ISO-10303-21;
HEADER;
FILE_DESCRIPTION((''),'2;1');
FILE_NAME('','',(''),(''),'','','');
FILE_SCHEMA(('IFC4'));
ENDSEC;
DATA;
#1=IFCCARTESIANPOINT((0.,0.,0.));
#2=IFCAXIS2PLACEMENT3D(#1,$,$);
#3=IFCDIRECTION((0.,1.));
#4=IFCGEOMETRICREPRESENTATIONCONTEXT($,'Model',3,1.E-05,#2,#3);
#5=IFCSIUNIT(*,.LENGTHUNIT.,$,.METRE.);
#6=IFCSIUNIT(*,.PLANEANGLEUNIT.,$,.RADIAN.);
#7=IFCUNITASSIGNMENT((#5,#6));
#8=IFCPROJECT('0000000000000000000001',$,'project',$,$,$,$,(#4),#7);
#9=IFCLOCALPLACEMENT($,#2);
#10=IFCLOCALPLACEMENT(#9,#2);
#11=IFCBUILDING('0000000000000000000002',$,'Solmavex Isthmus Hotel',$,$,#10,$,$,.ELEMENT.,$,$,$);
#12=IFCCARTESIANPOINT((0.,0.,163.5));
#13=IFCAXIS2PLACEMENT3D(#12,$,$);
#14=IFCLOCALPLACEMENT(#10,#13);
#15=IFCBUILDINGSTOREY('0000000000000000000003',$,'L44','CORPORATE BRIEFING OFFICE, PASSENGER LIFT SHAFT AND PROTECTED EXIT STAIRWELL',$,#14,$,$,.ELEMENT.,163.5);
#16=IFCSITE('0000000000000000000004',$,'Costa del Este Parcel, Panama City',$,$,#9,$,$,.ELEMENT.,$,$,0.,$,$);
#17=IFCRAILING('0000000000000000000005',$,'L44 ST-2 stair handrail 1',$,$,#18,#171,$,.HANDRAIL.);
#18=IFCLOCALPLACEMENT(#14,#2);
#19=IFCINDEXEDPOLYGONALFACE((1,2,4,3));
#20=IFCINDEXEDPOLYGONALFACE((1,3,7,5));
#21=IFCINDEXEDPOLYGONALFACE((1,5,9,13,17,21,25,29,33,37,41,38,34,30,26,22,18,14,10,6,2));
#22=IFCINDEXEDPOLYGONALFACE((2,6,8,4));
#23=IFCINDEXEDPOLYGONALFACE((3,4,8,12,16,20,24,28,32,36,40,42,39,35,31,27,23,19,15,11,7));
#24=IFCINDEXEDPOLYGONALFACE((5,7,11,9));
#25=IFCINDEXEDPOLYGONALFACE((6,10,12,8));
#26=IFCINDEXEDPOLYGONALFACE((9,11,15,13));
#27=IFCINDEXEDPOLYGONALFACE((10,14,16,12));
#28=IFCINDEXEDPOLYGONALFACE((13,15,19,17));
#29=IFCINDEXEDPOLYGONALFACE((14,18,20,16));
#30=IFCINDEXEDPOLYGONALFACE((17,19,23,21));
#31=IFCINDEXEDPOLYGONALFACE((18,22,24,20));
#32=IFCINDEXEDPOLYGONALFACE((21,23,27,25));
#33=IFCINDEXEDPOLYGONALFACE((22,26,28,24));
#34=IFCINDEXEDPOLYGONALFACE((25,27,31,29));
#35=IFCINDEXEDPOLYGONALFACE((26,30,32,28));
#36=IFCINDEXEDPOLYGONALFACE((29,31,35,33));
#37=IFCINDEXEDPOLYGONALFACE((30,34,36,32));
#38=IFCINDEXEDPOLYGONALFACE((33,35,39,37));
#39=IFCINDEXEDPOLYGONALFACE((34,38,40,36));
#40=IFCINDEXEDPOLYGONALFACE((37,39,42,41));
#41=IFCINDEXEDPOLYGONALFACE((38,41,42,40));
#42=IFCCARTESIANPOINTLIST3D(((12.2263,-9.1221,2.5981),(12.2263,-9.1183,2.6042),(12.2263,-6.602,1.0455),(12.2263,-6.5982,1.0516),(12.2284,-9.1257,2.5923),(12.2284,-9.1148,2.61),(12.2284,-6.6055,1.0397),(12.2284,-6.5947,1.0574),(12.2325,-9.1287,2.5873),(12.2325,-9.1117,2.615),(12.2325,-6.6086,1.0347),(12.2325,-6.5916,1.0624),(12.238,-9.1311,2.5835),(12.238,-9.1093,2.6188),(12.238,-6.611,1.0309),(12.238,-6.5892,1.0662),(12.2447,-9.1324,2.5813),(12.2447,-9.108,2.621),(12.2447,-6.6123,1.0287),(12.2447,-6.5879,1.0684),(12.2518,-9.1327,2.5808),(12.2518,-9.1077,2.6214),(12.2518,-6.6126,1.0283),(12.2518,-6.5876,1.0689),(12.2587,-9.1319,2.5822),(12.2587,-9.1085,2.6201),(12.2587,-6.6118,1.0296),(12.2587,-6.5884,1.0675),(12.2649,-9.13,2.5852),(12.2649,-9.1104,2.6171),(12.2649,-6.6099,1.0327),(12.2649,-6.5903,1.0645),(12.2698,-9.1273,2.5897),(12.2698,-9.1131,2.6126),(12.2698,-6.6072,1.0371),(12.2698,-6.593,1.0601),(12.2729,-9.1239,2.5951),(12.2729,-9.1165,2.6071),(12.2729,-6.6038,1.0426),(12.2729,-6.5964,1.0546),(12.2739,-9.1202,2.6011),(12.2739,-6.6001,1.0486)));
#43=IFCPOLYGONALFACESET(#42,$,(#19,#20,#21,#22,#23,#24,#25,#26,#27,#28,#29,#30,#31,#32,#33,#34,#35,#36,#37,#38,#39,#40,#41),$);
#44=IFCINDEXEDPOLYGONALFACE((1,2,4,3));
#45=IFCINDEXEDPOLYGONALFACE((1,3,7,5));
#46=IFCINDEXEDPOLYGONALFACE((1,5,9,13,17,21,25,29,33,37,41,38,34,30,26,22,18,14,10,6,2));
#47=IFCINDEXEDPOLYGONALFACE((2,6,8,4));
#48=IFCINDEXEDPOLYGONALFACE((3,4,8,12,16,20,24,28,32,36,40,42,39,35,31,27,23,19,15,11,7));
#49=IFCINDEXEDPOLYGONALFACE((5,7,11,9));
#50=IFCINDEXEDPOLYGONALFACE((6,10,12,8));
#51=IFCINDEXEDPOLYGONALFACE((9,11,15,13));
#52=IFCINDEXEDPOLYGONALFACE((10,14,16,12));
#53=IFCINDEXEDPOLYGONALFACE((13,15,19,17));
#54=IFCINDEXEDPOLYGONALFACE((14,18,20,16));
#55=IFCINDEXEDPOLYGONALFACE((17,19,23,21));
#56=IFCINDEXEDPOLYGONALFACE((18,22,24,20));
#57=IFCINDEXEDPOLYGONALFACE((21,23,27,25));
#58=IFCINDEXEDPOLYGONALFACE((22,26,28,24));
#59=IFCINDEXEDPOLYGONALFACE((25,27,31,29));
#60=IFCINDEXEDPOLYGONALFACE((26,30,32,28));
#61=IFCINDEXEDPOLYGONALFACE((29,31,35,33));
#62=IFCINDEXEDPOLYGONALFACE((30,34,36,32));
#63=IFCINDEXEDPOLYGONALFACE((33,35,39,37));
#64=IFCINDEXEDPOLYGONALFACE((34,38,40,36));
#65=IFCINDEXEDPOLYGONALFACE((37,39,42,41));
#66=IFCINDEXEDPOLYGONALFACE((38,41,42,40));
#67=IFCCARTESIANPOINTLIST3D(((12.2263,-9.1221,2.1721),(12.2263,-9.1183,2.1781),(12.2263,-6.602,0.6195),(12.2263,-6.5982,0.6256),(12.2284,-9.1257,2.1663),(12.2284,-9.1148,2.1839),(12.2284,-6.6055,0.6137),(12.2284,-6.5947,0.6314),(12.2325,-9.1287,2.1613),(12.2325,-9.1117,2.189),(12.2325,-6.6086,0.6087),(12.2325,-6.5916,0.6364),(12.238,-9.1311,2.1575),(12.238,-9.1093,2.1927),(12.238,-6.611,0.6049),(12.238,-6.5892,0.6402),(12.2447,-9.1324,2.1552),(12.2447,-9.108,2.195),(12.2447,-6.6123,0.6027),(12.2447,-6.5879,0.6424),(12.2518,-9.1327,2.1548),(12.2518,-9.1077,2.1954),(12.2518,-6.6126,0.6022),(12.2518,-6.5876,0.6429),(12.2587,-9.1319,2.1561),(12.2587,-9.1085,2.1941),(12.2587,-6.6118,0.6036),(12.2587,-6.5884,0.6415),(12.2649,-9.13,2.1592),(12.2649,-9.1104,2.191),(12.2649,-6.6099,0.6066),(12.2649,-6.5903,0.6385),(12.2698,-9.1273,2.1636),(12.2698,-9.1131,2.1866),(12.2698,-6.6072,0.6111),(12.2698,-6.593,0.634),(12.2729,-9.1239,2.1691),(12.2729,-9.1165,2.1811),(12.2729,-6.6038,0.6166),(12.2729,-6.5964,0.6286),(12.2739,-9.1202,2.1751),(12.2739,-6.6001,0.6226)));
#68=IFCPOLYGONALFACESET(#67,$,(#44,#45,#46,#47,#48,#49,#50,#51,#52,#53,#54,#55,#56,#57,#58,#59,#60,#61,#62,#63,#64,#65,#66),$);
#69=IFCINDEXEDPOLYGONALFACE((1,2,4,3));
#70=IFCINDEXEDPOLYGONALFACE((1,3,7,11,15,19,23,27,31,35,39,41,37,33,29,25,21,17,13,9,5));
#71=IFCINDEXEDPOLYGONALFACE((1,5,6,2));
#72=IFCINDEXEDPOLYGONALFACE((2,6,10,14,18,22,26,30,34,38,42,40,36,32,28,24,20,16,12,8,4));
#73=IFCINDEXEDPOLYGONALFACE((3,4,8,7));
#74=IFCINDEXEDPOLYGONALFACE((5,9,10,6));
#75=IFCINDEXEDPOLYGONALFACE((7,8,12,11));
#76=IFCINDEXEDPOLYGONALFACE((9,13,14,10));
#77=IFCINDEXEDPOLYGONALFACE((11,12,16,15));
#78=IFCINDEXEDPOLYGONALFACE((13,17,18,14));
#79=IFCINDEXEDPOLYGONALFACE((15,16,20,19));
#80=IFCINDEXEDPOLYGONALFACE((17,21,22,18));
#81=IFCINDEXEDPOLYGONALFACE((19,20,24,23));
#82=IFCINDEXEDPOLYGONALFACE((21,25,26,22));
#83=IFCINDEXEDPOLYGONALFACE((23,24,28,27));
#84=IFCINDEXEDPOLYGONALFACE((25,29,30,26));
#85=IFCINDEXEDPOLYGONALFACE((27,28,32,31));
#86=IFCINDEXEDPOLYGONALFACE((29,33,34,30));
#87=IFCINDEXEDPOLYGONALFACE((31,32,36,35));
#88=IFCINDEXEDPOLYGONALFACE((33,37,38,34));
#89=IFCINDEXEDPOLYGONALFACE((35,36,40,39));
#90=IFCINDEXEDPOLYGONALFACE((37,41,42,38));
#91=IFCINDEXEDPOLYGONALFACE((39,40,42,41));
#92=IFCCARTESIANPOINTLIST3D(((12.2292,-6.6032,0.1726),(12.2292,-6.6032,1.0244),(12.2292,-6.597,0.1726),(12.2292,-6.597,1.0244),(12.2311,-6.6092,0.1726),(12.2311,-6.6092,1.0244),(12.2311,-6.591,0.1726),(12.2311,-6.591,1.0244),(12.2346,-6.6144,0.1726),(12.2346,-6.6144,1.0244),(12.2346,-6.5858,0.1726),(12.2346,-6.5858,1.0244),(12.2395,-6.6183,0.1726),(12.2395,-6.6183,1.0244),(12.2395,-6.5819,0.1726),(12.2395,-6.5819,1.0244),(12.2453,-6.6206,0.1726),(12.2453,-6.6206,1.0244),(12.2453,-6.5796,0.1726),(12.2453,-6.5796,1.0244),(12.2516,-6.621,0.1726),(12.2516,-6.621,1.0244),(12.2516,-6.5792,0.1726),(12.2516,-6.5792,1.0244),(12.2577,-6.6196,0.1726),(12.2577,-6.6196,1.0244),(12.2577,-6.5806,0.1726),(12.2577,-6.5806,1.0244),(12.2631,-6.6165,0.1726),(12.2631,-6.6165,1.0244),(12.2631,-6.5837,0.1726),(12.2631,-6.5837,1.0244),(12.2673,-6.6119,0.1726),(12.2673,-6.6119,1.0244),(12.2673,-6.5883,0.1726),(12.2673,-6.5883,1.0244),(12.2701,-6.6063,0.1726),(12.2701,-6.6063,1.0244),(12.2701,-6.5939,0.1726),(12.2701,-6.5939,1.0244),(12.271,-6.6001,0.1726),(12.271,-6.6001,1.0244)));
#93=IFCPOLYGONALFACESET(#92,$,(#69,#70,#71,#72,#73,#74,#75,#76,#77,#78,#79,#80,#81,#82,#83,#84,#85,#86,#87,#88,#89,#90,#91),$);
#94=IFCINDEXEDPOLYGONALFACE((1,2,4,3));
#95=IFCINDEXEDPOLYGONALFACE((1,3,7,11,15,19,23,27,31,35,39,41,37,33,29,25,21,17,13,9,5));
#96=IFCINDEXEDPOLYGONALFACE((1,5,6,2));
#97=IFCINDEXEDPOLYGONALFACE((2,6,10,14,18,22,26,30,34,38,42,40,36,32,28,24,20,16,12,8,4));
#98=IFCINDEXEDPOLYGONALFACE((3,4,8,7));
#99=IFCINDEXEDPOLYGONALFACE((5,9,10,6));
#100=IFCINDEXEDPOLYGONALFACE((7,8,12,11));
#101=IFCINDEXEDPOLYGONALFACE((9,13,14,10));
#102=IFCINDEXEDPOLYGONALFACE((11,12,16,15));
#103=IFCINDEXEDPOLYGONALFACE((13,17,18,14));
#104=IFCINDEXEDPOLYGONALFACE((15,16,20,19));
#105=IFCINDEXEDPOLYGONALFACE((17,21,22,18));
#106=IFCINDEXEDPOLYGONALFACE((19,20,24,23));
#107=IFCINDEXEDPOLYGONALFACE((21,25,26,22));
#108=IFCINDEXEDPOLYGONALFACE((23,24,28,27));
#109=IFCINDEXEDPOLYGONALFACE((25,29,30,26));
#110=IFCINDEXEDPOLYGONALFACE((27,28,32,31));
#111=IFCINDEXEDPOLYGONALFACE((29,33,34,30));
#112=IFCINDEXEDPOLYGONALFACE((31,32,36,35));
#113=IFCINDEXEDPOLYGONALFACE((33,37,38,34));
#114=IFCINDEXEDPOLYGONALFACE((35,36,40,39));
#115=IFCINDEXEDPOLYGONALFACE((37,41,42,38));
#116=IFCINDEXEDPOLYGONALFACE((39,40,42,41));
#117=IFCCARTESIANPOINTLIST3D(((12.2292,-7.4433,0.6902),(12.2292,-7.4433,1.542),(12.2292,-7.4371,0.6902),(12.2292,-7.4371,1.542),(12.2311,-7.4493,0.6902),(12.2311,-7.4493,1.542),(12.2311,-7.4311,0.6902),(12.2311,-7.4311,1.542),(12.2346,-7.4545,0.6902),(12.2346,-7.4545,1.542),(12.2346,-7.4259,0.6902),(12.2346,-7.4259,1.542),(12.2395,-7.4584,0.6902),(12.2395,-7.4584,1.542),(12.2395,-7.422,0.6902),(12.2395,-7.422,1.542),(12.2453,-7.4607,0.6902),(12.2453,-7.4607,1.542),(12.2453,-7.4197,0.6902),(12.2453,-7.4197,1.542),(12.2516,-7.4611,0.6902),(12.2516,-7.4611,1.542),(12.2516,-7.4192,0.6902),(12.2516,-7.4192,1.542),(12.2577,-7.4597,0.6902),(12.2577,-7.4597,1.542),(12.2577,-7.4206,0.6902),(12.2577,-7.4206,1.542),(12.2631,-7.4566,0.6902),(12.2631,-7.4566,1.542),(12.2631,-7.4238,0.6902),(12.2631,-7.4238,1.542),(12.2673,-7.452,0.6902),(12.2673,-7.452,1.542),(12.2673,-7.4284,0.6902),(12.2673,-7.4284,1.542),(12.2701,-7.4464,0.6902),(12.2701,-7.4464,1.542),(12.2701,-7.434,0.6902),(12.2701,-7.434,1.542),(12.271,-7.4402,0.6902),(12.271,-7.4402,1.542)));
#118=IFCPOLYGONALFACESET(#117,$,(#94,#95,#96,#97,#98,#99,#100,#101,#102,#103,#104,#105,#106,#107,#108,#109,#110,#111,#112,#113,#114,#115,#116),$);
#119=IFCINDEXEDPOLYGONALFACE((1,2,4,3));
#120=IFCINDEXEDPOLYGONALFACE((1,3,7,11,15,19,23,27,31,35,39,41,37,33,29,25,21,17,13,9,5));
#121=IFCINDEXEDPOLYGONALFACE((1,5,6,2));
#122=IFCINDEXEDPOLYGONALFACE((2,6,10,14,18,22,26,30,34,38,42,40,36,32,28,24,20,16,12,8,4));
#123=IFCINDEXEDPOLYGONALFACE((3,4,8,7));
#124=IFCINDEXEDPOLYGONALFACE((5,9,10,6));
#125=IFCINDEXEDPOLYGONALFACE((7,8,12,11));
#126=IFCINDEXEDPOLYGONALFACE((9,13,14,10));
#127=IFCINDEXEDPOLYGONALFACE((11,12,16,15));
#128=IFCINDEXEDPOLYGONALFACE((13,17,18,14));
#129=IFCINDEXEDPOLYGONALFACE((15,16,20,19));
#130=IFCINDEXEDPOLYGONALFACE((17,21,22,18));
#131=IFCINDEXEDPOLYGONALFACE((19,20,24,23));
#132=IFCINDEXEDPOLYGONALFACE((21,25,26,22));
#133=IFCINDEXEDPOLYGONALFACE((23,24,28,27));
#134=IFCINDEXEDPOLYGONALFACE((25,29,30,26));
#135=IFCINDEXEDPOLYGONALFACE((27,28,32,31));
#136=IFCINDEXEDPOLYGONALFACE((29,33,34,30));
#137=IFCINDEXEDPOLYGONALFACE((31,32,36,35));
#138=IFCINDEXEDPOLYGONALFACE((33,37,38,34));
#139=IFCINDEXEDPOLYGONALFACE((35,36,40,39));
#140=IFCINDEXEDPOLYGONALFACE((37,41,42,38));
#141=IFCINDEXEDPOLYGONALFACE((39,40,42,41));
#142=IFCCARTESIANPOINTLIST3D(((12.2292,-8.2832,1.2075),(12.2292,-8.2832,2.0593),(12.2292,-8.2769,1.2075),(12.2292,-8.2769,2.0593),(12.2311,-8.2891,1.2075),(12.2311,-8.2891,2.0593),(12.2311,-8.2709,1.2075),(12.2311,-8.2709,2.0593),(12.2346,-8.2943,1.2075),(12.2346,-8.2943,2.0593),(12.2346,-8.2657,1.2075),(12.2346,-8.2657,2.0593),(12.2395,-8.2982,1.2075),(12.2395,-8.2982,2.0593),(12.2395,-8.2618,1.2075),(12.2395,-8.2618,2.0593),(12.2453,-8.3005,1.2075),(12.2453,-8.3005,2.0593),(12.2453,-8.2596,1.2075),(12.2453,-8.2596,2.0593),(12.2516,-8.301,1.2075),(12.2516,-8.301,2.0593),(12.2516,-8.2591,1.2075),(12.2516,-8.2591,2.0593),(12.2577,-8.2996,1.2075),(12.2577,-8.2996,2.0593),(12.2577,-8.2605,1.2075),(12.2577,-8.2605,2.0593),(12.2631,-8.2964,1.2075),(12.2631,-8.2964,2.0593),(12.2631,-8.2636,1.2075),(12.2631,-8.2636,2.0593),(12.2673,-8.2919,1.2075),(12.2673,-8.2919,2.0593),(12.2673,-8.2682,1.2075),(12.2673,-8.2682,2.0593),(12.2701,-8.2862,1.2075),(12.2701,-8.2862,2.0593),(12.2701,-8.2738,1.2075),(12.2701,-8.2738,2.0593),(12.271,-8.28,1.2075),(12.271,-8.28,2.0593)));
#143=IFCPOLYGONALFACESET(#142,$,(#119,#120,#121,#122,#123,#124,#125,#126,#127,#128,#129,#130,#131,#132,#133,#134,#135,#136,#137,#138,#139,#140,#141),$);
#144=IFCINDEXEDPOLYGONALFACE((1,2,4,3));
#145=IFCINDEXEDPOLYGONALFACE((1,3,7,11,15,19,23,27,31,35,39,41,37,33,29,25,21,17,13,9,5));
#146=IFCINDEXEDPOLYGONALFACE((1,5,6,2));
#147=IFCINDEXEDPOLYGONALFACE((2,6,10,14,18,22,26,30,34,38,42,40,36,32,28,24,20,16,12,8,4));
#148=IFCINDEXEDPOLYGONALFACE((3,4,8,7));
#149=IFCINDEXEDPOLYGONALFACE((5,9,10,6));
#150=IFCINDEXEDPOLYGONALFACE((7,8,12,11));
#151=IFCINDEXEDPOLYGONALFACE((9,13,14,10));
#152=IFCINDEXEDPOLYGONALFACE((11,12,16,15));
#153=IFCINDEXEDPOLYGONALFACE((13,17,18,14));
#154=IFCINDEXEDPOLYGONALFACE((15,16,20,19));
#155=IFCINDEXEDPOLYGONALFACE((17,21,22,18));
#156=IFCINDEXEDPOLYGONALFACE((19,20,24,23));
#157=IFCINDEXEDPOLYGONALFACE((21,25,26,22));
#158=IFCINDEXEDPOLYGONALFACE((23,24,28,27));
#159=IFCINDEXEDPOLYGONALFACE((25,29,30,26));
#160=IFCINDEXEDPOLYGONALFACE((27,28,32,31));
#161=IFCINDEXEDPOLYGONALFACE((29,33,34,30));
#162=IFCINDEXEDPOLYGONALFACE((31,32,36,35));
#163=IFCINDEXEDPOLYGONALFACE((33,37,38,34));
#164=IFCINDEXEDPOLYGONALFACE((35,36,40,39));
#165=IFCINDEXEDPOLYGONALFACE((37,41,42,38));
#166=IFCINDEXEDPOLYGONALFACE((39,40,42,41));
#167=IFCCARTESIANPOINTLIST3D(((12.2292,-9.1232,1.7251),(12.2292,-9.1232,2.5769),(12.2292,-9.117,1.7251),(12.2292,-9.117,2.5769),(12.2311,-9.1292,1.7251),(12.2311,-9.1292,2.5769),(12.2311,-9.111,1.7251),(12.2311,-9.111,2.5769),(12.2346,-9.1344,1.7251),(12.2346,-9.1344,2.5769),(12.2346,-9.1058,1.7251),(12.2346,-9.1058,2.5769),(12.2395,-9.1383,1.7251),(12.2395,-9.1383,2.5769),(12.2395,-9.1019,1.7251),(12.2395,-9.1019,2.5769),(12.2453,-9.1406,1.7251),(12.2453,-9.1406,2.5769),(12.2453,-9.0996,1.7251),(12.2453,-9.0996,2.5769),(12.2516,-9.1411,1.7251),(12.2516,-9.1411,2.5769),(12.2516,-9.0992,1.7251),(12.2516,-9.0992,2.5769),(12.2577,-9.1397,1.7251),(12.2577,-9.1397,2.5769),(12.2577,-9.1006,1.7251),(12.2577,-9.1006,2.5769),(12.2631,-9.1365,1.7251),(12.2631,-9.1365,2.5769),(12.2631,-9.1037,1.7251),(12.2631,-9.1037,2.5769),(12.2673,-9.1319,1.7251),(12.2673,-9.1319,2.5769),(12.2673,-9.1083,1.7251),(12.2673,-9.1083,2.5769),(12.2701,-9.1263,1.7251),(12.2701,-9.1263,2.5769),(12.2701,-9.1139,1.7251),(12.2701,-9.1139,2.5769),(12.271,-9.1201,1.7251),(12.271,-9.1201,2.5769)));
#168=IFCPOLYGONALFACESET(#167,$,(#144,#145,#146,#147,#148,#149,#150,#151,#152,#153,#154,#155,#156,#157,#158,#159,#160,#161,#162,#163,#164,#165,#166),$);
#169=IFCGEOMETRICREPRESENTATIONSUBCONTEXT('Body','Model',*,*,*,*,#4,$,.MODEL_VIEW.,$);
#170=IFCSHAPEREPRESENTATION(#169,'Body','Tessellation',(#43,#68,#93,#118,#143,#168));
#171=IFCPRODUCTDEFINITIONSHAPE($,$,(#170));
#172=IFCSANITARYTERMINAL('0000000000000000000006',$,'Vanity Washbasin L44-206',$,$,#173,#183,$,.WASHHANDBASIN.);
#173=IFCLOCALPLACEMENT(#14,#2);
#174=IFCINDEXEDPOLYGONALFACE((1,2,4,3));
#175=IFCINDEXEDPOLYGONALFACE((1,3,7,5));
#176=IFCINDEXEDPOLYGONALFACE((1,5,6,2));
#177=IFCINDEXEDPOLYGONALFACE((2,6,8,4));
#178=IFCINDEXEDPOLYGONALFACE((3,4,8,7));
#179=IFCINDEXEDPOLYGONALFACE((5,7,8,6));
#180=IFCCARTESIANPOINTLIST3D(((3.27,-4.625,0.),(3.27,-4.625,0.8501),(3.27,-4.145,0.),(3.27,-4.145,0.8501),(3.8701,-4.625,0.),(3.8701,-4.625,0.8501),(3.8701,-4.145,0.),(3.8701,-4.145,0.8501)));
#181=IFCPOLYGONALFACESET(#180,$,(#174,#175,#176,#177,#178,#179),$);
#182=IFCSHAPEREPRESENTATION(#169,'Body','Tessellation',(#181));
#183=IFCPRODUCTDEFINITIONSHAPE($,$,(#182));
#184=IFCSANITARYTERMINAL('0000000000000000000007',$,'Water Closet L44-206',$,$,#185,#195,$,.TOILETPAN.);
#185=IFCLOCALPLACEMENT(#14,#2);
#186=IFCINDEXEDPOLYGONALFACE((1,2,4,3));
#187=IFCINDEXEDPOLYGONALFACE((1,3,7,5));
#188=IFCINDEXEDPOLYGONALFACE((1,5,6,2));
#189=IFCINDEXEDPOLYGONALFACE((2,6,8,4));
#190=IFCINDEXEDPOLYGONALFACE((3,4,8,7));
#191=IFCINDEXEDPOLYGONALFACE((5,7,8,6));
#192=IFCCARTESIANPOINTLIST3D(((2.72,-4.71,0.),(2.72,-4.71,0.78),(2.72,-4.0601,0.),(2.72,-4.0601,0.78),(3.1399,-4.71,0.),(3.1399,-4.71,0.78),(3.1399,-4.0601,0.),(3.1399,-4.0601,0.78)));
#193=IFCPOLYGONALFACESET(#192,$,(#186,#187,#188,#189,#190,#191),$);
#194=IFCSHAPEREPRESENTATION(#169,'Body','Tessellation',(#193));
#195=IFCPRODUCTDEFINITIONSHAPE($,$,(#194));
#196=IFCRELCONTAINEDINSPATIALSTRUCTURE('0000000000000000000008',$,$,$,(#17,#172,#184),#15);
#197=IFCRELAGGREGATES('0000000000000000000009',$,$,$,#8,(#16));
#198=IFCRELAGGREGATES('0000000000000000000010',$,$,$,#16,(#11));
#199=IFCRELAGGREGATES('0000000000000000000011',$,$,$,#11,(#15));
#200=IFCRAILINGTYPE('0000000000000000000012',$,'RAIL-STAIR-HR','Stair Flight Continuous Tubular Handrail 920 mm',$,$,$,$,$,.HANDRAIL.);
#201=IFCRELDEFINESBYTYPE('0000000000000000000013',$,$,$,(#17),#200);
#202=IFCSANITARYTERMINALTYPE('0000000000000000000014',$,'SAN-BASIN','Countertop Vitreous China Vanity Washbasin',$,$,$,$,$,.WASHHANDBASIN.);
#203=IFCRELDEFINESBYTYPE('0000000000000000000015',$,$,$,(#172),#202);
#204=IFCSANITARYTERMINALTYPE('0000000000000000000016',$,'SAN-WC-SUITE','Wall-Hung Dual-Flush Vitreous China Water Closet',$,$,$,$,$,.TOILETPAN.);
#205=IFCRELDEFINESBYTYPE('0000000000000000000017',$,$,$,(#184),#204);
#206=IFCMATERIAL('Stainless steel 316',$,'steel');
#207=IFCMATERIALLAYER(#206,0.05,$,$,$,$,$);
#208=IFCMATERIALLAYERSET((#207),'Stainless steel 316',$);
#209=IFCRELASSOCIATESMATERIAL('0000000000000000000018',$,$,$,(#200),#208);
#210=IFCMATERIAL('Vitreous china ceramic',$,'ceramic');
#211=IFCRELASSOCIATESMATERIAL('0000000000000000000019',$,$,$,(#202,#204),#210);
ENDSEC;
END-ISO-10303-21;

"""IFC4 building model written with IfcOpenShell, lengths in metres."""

from ifc_helpers import new_model, si_unit, direction, frame, origin, origin_2d, place, context, subcontext, project, spatial, rectangle, circle, extrude, material, layer, layer_set, type_object, element, save


model = new_model("IFC4")

# Units and contexts
model_context = context("Model", 3, precision=1e-05, world=origin(), true_north=direction((0.0, 1.0)))
body_context = subcontext(model_context, "Body", "Model", "MODEL_VIEW")
ifc_project = project(units=[si_unit("LENGTHUNIT", "METRE"), si_unit("PLANEANGLEUNIT", "RADIAN")], contexts=[model_context])

# Site, building, storey
site_placement = place(None, origin())
site = spatial("IfcSite", under=ifc_project, at=site_placement, Name="Costa del Este Parcel, Panama City", CompositionType="ELEMENT", RefElevation=0.0)
building_placement = place(site_placement, origin())
building = spatial("IfcBuilding", under=site, at=building_placement, Name="Solmavex Isthmus Hotel", CompositionType="ELEMENT")
storey_placement = place(building_placement, frame((0.0, 0.0, 163.5)))
storey = spatial("IfcBuildingStorey", under=building, at=storey_placement, Name="L44", Description="CORPORATE BRIEFING OFFICE, PASSENGER LIFT SHAFT AND PROTECTED EXIT STAIRWELL", CompositionType="ELEMENT", Elevation=163.5)

# Shared definitions
ifc_material_1 = material(Name="Stainless steel 316", Category="steel")

# Railing
ifc_layer_1 = layer(ifc_material_1, 0.05)
ifc_layer_set_1 = layer_set([ifc_layer_1], Name="Stainless steel 316")
railing_type_1 = type_object("IfcRailingType", Name="RAIL-STAIR-HR", Description="Stair Flight Continuous Tubular Handrail 920 mm", PredefinedType="HANDRAIL", material=ifc_layer_set_1)
railing_1_placement = place(storey_placement, frame((12.25, -6.6001, 0.1726)))
element("IfcRailing", 1, at=railing_1_placement, inside=storey, type_object=railing_type_1, Name="L44 ST-2 stair handrail 1", PredefinedType="HANDRAIL", context=body_context, shape_type="SweptSolid", body=[
    extrude(circle(Radius=0.0239, at=origin_2d()), frame((0.0, 0.0, 0.876), z_axis=(0.0, -0.8514, 0.524516), x_axis=(1.0, 0.0, 0.0)), (0.0, 0.0, 1.0), 2.96),
    extrude(circle(Radius=0.0239, at=origin_2d()), frame((0.0, 0.0, 0.45), z_axis=(0.0, -0.8514, 0.524516), x_axis=(1.0, 0.0, 0.0)), (0.0, 0.0, 1.0), 2.96),
    extrude(circle(Radius=0.021, at=origin_2d()), origin(), (0.0, 0.0, 1.0), 0.8518),
    extrude(circle(Radius=0.021, at=origin_2d()), frame((0.0, -0.8401, 0.5176)), (0.0, 0.0, 1.0), 0.8518),
    extrude(circle(Radius=0.021, at=origin_2d()), frame((0.0, -1.6799, 1.0349)), (0.0, 0.0, 1.0), 0.8518),
    extrude(circle(Radius=0.021, at=origin_2d()), frame((0.0, -2.52, 1.5525)), (0.0, 0.0, 1.0), 0.8518),
])

# Sanitary terminals
ifc_material_2 = material(Name="Vitreous china ceramic", Category="ceramic")
sanitary_terminal_type_1 = type_object("IfcSanitaryTerminalType", Name="SAN-BASIN", Description="Countertop Vitreous China Vanity Washbasin", PredefinedType="WASHHANDBASIN", material=ifc_material_2)
sanitary_terminal_1_placement = place(storey_placement, frame((3.5701, -4.385, 0.0), z_axis=(0.0, 0.0, 1.0), x_axis=(1.0, 0.0, 0.0)))
element("IfcSanitaryTerminal", 2, at=sanitary_terminal_1_placement, inside=storey, type_object=sanitary_terminal_type_1, Name="Vanity Washbasin L44-206", PredefinedType="WASHHANDBASIN", context=body_context, shape_type="SweptSolid", body=[
    extrude(rectangle(XDim=0.6001, YDim=0.48, at=origin_2d()), origin(), (0.0, 0.0, 1.0), 0.8501),
])
sanitary_terminal_type_2 = type_object("IfcSanitaryTerminalType", Name="SAN-WC-SUITE", Description="Wall-Hung Dual-Flush Vitreous China Water Closet", PredefinedType="TOILETPAN", material=ifc_material_2)
sanitary_terminal_2_placement = place(storey_placement, frame((2.9299, -4.385, 0.0), z_axis=(0.0, 0.0, 1.0), x_axis=(1.0, 0.0, 0.0)))
element("IfcSanitaryTerminal", 3, at=sanitary_terminal_2_placement, inside=storey, type_object=sanitary_terminal_type_2, Name="Water Closet L44-206", PredefinedType="TOILETPAN", context=body_context, shape_type="SweptSolid", body=[
    extrude(rectangle(XDim=0.4199, YDim=0.6499, at=origin_2d()), origin(), (0.0, 0.0, 1.0), 0.78),
])

save(model, "model.ifc")
